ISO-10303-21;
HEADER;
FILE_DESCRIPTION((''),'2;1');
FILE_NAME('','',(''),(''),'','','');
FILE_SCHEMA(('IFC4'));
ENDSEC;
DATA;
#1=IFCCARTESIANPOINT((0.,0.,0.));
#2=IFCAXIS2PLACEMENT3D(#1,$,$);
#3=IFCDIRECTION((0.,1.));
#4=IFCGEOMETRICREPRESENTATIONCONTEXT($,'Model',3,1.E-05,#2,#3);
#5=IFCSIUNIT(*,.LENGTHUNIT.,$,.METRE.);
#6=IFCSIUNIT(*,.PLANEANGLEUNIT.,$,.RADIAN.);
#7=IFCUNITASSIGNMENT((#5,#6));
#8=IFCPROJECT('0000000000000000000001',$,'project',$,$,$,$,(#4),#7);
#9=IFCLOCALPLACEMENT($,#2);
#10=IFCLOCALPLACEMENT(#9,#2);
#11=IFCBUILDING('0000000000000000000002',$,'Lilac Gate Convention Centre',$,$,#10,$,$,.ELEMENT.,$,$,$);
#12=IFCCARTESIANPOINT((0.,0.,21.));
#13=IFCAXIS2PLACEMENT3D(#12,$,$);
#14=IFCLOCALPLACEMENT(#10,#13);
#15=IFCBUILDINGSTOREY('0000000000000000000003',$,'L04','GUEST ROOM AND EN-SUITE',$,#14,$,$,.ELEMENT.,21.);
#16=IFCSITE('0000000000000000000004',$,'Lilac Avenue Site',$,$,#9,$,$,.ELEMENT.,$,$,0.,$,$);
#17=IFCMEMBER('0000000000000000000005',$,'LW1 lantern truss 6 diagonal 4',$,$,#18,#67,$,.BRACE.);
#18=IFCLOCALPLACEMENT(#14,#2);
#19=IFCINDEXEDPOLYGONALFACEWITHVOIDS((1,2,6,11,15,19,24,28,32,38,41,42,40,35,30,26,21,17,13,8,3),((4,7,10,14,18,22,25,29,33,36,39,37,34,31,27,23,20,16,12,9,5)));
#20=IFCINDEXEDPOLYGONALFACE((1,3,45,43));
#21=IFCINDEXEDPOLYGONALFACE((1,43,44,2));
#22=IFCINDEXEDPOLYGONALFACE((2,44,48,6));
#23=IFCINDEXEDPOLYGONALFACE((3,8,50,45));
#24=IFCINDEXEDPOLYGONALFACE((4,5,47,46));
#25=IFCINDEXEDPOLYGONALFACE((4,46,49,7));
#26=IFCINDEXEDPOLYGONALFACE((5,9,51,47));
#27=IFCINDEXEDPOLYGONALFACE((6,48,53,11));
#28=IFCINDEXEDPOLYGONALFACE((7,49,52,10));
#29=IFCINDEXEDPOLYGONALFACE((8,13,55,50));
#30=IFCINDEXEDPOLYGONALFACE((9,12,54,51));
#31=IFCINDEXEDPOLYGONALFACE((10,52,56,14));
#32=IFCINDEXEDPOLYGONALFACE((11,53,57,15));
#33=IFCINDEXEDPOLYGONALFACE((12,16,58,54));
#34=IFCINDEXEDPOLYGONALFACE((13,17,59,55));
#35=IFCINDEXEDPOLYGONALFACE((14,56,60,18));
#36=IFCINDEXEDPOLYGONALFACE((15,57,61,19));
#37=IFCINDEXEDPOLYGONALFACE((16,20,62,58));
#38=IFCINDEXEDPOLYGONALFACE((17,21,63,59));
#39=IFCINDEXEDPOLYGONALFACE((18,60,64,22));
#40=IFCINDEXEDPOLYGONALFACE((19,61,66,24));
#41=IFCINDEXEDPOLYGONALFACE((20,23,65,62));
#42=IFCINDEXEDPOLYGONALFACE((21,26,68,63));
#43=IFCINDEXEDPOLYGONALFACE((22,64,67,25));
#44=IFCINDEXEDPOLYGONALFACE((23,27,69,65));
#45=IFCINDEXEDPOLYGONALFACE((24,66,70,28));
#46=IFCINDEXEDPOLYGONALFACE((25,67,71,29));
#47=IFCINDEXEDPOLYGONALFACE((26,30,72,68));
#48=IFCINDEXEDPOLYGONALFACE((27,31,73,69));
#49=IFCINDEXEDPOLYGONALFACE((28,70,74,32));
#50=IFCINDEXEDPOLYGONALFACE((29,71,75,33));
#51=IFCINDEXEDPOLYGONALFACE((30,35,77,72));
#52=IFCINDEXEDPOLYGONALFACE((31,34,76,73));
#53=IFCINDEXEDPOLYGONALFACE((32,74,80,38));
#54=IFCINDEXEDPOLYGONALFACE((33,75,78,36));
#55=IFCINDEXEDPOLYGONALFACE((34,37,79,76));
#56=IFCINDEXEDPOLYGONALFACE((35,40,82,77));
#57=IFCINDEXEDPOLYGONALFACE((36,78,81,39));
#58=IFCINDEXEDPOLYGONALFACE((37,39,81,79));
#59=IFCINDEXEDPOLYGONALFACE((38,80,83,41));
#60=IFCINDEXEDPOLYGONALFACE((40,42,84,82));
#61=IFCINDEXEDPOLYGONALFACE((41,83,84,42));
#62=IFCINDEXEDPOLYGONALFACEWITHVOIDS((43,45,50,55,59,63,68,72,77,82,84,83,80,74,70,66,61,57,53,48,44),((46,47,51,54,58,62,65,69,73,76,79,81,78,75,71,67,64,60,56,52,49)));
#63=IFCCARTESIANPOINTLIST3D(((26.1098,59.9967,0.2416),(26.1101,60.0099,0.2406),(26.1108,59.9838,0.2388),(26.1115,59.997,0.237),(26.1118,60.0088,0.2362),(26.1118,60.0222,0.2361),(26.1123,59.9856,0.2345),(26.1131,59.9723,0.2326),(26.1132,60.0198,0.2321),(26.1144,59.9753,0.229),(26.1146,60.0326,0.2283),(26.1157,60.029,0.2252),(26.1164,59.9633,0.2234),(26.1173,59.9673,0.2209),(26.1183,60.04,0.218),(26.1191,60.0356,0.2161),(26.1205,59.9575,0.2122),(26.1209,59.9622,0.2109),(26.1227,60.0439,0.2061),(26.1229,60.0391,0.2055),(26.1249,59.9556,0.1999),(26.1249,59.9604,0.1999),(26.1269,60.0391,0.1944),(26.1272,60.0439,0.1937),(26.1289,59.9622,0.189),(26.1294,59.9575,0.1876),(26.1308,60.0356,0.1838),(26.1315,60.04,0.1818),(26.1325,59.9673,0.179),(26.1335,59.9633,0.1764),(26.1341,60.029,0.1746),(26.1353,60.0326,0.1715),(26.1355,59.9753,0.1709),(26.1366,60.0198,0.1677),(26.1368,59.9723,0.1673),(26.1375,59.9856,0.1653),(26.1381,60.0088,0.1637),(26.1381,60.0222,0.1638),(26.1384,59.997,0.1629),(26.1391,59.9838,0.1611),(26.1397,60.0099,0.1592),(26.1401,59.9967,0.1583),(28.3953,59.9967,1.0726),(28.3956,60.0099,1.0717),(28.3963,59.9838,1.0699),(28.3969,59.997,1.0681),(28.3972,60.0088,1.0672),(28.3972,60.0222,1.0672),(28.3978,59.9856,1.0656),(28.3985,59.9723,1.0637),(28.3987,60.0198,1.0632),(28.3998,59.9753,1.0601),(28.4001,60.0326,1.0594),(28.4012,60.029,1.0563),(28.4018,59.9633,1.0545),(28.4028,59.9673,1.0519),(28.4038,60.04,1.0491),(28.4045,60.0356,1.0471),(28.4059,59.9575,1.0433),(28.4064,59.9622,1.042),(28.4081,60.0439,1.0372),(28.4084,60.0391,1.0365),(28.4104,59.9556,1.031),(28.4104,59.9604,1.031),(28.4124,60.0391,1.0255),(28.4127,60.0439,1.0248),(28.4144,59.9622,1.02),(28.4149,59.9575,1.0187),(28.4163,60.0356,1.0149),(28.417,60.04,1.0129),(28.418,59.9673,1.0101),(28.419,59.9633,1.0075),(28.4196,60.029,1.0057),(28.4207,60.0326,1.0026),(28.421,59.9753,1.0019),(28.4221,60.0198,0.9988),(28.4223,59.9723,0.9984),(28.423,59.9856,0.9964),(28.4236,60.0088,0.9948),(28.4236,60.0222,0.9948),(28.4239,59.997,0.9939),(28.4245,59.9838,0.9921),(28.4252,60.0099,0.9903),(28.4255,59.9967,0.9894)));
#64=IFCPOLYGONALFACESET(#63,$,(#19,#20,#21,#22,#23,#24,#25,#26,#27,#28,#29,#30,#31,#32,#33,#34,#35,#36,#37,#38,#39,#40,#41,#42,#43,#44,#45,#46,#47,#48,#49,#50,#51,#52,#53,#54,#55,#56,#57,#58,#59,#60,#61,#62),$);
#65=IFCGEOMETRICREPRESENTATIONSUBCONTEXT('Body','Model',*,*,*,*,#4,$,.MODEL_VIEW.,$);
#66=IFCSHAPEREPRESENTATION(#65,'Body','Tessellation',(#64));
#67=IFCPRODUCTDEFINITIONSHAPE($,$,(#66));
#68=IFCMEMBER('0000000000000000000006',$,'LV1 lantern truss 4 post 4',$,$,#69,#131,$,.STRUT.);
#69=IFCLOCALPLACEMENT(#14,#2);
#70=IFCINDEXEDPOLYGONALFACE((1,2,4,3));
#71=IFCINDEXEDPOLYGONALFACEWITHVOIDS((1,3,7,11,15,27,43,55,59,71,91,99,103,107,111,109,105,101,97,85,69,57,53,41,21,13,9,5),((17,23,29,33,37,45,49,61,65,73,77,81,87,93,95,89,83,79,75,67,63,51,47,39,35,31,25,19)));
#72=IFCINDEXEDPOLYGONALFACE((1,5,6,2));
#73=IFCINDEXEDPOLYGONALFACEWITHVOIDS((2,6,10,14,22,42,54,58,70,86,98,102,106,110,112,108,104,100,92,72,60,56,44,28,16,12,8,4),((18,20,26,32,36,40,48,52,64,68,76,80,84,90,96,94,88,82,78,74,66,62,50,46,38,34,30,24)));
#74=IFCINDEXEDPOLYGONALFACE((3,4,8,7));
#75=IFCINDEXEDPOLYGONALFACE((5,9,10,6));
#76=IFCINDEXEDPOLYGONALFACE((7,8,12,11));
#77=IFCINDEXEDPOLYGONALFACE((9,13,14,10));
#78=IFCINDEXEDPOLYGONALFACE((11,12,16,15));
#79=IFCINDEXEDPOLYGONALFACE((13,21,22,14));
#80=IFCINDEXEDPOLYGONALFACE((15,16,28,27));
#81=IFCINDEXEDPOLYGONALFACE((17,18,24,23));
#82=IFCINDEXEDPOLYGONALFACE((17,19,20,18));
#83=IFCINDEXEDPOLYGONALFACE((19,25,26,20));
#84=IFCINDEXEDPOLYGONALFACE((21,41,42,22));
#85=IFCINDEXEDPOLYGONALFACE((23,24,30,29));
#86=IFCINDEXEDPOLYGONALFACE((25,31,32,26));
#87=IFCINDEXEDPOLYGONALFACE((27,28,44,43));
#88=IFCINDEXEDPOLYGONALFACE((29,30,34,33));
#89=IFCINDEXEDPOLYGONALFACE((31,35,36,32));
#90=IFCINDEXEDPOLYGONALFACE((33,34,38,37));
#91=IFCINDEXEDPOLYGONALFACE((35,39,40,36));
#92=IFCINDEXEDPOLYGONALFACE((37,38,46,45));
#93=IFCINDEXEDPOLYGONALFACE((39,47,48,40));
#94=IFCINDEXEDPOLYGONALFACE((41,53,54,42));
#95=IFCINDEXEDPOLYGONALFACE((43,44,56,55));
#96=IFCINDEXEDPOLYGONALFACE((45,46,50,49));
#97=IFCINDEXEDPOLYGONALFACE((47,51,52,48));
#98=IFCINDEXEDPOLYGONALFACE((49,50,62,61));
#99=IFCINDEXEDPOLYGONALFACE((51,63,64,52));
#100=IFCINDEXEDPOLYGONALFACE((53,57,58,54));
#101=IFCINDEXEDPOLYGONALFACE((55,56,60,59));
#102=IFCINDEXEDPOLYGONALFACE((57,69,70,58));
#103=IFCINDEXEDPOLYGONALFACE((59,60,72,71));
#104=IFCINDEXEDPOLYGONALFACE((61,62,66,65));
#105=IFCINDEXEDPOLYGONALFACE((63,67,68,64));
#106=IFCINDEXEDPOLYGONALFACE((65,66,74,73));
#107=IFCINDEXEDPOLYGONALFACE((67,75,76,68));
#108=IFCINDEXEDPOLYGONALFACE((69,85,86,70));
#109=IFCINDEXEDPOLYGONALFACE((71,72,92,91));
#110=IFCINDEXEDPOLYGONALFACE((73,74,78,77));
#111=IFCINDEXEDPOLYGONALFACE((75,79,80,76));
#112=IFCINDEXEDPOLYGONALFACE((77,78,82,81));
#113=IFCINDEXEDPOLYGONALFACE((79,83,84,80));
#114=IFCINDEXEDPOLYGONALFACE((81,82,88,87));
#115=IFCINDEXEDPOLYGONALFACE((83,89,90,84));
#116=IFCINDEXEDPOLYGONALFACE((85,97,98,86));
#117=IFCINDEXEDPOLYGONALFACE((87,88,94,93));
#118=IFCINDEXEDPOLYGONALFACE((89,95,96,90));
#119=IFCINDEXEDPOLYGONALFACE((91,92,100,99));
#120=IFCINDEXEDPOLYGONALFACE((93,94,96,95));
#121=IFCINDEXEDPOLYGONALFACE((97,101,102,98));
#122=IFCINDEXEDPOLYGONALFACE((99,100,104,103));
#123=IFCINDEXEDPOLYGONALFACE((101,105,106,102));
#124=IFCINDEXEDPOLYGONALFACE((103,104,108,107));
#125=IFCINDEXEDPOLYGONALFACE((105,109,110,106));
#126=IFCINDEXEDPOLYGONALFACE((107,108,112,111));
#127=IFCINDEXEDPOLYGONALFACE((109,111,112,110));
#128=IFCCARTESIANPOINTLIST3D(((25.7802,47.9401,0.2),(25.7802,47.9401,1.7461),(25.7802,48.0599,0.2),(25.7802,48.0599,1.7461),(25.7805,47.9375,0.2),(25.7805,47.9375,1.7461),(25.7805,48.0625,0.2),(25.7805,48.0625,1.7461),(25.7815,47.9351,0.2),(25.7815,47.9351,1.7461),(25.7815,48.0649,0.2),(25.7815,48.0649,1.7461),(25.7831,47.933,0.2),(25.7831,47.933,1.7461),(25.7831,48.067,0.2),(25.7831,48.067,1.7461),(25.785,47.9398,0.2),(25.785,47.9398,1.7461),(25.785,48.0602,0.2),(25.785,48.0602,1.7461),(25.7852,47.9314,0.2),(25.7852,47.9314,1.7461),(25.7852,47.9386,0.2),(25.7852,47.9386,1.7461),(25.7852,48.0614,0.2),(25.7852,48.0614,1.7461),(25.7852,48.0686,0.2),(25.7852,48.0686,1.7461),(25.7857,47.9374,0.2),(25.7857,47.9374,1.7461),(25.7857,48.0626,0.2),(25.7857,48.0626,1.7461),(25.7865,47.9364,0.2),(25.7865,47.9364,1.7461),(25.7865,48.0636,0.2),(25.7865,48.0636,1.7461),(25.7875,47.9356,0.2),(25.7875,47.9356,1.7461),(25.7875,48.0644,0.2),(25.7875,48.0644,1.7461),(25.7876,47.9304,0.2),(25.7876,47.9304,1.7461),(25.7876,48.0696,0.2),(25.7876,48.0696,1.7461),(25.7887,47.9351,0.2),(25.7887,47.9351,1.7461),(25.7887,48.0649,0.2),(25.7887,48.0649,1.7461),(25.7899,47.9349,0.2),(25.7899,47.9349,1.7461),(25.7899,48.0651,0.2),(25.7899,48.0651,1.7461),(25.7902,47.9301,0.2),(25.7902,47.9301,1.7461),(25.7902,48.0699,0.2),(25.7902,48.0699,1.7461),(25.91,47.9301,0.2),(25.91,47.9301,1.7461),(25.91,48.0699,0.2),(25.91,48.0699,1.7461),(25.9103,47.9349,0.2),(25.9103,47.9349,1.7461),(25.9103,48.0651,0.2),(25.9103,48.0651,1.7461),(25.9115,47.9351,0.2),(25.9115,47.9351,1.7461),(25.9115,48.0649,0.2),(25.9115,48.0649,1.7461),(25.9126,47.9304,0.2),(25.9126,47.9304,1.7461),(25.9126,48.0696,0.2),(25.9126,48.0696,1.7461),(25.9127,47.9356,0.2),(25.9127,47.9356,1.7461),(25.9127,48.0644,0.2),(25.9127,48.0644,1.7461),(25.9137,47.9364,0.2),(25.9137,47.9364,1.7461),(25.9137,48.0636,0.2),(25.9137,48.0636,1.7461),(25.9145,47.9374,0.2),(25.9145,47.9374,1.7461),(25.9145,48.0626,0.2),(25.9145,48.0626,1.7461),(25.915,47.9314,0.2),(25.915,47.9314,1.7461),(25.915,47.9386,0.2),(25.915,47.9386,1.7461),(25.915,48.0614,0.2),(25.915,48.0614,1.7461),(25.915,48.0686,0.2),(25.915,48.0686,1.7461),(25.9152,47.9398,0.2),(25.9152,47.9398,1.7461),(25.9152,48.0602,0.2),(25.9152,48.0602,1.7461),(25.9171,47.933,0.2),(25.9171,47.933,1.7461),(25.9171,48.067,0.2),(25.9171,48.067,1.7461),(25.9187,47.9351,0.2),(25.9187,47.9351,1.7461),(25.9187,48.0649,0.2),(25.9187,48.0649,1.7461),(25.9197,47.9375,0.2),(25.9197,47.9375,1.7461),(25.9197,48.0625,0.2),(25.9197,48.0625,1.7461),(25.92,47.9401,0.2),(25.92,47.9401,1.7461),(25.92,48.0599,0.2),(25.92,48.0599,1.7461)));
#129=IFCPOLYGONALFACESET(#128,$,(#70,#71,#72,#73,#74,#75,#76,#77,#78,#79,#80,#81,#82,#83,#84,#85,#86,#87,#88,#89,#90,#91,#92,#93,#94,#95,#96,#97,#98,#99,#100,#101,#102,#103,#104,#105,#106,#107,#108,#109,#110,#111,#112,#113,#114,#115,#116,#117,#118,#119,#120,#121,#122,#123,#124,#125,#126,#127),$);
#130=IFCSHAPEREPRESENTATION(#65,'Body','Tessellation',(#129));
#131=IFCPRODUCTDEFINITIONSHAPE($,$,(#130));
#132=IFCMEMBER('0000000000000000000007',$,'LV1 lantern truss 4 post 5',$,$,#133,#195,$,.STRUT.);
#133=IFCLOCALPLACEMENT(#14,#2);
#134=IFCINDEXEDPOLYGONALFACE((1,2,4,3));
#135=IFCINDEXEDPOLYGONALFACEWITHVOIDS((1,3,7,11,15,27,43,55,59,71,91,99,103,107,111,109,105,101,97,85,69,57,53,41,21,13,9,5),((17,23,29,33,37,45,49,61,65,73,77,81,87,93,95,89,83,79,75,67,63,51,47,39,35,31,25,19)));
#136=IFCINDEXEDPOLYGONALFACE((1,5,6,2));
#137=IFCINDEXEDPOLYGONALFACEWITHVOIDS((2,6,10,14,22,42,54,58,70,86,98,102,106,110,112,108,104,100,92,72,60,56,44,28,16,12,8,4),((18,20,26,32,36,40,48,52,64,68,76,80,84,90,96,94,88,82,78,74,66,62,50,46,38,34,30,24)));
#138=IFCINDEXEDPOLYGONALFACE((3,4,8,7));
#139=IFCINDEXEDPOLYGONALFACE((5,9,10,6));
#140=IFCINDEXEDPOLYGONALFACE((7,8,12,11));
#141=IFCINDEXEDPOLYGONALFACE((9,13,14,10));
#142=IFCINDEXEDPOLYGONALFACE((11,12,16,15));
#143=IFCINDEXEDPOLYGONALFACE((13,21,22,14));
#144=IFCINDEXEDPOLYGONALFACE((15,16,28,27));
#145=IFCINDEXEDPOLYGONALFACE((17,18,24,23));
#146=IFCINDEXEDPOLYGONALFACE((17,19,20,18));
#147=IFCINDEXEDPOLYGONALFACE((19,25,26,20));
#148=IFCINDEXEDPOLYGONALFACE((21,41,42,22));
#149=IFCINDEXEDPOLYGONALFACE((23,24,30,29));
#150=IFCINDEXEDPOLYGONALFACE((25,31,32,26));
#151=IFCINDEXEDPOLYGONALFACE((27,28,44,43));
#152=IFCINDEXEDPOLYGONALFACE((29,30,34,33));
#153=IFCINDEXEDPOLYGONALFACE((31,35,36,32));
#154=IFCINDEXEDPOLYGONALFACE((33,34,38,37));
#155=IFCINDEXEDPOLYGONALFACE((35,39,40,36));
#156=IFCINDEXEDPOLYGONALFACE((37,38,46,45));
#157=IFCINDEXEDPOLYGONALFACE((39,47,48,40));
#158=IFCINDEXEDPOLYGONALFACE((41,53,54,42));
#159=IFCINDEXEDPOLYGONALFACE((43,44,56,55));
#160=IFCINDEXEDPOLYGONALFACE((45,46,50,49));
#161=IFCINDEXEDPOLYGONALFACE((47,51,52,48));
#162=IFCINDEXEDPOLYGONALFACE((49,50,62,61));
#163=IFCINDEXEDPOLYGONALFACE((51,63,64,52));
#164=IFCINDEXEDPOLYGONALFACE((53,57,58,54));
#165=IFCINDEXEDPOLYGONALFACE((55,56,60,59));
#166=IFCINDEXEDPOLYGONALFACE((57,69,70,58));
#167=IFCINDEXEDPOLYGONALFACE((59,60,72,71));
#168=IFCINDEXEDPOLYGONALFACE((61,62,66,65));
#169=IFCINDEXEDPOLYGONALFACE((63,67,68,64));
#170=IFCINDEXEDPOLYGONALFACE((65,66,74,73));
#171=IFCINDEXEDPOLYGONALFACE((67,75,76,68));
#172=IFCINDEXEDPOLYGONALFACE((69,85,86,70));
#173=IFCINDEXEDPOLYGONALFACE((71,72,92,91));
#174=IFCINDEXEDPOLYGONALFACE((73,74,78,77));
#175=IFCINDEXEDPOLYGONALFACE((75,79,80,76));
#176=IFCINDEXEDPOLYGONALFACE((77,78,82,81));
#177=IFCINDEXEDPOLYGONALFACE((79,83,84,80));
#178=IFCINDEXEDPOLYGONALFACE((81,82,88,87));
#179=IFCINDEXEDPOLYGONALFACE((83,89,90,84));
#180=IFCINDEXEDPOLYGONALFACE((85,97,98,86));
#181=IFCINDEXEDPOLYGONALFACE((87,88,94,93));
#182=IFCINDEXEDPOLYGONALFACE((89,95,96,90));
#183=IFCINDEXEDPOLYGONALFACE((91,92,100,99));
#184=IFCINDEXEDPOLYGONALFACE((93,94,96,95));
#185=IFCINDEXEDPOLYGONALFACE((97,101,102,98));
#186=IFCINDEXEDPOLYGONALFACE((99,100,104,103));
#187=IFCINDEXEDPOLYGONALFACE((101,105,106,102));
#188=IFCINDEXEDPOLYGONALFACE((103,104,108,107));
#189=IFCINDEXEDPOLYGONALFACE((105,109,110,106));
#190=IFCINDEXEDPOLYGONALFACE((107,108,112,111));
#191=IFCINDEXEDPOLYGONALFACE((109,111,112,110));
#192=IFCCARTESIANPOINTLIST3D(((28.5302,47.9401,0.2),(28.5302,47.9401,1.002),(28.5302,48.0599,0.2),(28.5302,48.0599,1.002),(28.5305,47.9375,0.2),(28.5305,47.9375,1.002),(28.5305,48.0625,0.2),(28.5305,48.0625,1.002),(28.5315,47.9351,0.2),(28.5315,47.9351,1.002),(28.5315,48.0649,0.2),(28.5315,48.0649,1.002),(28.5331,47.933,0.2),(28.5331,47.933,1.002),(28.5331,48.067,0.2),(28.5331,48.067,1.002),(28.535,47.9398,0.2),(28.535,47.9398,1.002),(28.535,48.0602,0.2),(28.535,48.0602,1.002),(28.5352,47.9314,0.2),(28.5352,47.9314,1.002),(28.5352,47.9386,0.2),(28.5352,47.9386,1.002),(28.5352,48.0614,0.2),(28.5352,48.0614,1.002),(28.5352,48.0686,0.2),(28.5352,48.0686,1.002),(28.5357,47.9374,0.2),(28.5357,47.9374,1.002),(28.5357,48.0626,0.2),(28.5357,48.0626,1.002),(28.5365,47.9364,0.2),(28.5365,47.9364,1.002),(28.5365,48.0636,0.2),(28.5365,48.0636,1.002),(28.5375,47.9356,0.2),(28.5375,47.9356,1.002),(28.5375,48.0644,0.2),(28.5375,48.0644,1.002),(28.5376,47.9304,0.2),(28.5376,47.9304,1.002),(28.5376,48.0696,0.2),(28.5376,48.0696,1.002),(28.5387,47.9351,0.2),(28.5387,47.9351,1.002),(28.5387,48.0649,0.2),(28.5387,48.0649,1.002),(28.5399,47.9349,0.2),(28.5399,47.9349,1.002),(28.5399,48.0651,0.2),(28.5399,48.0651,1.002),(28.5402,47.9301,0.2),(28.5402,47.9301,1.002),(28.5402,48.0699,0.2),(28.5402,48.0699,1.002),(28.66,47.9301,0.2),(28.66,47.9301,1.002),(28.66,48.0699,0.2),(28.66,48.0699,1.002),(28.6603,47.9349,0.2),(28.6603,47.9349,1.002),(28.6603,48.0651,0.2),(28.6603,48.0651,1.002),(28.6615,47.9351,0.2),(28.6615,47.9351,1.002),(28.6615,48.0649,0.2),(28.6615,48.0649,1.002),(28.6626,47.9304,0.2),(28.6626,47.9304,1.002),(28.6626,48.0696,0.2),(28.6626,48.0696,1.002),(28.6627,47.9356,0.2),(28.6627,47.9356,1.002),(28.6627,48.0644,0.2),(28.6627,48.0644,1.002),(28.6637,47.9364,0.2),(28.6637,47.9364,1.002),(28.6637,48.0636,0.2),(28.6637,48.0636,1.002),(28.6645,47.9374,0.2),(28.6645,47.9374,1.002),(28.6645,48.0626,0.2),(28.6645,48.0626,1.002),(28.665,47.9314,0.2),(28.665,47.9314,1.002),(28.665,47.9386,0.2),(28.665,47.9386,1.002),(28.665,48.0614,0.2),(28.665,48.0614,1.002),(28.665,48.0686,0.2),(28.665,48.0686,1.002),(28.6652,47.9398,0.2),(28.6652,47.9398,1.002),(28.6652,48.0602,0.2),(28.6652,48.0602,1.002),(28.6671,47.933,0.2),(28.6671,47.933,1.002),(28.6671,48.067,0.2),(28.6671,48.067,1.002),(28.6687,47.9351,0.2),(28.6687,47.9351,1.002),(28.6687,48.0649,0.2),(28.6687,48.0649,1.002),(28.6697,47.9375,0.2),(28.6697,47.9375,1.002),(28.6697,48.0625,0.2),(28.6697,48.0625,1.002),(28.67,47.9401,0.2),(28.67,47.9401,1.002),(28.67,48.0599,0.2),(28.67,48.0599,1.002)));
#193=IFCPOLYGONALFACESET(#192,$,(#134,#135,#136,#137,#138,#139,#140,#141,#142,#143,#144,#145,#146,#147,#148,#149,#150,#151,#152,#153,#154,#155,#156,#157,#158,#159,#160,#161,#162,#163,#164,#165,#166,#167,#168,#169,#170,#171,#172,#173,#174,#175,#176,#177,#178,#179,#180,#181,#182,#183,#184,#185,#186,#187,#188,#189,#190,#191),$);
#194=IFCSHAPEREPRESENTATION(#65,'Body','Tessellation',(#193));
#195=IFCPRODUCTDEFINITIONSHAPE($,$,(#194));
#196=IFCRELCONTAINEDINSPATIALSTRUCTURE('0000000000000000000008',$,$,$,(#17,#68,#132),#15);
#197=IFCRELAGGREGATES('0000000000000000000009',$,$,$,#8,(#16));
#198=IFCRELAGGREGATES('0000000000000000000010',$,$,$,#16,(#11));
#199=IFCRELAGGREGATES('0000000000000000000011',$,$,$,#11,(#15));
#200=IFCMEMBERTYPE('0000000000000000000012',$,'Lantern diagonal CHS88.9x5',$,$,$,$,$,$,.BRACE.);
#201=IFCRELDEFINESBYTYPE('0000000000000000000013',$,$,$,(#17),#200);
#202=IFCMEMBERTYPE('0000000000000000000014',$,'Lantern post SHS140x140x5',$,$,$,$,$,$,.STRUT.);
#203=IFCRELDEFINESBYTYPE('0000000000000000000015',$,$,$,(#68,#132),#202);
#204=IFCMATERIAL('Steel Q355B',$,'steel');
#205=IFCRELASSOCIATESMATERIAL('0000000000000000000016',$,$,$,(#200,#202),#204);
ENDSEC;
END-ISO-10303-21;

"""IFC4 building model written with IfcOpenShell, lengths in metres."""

from ifc_helpers import new_model, si_unit, direction, frame, origin, origin_2d, place, context, subcontext, project, spatial, hollow_rectangle, hollow_circle, extrude, material, material_profile, profile_set, type_object, element, save


model = new_model("IFC4")

# Units and contexts
model_context = context("Model", 3, precision=1e-05, world=origin(), true_north=direction((0.0, 1.0)))
body_context = subcontext(model_context, "Body", "Model", "MODEL_VIEW")
ifc_project = project(units=[si_unit("LENGTHUNIT", "METRE"), si_unit("PLANEANGLEUNIT", "RADIAN")], contexts=[model_context])

# Site, building, storey
site_placement = place(None, origin())
site = spatial("IfcSite", under=ifc_project, at=site_placement, Name="Lilac Avenue Site", CompositionType="ELEMENT", RefElevation=0.0)
building_placement = place(site_placement, origin())
building = spatial("IfcBuilding", under=site, at=building_placement, Name="Lilac Gate Convention Centre", CompositionType="ELEMENT")
storey_placement = place(building_placement, frame((0.0, 0.0, 21.0)))
storey = spatial("IfcBuildingStorey", under=building, at=storey_placement, Name="L04", Description="GUEST ROOM AND EN-SUITE", CompositionType="ELEMENT", Elevation=21.0)

# Members
ifc_material_1 = material(Name="Steel Q355B", Category="steel")
ifc_material_profile_1 = material_profile(ifc_material_1, hollow_circle(Radius=0.0444, WallThickness=0.0049, at=origin_2d()), Name="CHS88.9x5")
ifc_profile_set_1 = profile_set([ifc_material_profile_1], Name="Steel Q355B")
member_type_1 = type_object("IfcMemberType", Name="Lantern diagonal CHS88.9x5", PredefinedType="BRACE", material=ifc_profile_set_1)
member_1_placement = place(storey_placement, frame((28.4104, 60.0, 1.031), z_axis=(-0.939793, 0.0, -0.341743), x_axis=(0.0, -1.0, 0.0)))
element("IfcMember", 1, at=member_1_placement, inside=storey, type_object=member_type_1, Name="LW1 lantern truss 6 diagonal 4", PredefinedType="BRACE", context=body_context, shape_type="SweptSolid", body=[
    extrude(hollow_circle(Radius=0.0444, WallThickness=0.0049, at=origin_2d()), origin(), (0.0, 0.0, 1.0), 2.4319),
])
ifc_material_profile_2 = material_profile(ifc_material_1, hollow_rectangle(XDim=0.1399, YDim=0.1399, WallThickness=0.0049, InnerFilletRadius=0.0049, OuterFilletRadius=0.01, at=origin_2d()), Name="SHS140x140x5")
ifc_profile_set_2 = profile_set([ifc_material_profile_2], Name="Steel Q355B")
member_type_2 = type_object("IfcMemberType", Name="Lantern post SHS140x140x5", PredefinedType="STRUT", material=ifc_profile_set_2)
member_2_placement = place(storey_placement, frame((25.8501, 48.0, 0.2), z_axis=(0.0, 0.0, 1.0), x_axis=(1.0, 0.0, 0.0)))
element("IfcMember", 2, at=member_2_placement, inside=storey, type_object=member_type_2, Name="LV1 lantern truss 4 post 4", PredefinedType="STRUT", context=body_context, shape_type="SweptSolid", body=[
    extrude(hollow_rectangle(XDim=0.1399, YDim=0.1399, WallThickness=0.0049, InnerFilletRadius=0.0049, OuterFilletRadius=0.01, at=origin_2d()), origin(), (0.0, 0.0, 1.0), 1.5461),
])
member_3_placement = place(storey_placement, frame((28.6001, 48.0, 0.2), z_axis=(0.0, 0.0, 1.0), x_axis=(1.0, 0.0, 0.0)))
element("IfcMember", 3, at=member_3_placement, inside=storey, type_object=member_type_2, Name="LV1 lantern truss 4 post 5", PredefinedType="STRUT", context=body_context, shape_type="SweptSolid", body=[
    extrude(hollow_rectangle(XDim=0.1399, YDim=0.1399, WallThickness=0.0049, InnerFilletRadius=0.0049, OuterFilletRadius=0.01, at=origin_2d()), origin(), (0.0, 0.0, 1.0), 0.802),
])

save(model, "model.ifc")
